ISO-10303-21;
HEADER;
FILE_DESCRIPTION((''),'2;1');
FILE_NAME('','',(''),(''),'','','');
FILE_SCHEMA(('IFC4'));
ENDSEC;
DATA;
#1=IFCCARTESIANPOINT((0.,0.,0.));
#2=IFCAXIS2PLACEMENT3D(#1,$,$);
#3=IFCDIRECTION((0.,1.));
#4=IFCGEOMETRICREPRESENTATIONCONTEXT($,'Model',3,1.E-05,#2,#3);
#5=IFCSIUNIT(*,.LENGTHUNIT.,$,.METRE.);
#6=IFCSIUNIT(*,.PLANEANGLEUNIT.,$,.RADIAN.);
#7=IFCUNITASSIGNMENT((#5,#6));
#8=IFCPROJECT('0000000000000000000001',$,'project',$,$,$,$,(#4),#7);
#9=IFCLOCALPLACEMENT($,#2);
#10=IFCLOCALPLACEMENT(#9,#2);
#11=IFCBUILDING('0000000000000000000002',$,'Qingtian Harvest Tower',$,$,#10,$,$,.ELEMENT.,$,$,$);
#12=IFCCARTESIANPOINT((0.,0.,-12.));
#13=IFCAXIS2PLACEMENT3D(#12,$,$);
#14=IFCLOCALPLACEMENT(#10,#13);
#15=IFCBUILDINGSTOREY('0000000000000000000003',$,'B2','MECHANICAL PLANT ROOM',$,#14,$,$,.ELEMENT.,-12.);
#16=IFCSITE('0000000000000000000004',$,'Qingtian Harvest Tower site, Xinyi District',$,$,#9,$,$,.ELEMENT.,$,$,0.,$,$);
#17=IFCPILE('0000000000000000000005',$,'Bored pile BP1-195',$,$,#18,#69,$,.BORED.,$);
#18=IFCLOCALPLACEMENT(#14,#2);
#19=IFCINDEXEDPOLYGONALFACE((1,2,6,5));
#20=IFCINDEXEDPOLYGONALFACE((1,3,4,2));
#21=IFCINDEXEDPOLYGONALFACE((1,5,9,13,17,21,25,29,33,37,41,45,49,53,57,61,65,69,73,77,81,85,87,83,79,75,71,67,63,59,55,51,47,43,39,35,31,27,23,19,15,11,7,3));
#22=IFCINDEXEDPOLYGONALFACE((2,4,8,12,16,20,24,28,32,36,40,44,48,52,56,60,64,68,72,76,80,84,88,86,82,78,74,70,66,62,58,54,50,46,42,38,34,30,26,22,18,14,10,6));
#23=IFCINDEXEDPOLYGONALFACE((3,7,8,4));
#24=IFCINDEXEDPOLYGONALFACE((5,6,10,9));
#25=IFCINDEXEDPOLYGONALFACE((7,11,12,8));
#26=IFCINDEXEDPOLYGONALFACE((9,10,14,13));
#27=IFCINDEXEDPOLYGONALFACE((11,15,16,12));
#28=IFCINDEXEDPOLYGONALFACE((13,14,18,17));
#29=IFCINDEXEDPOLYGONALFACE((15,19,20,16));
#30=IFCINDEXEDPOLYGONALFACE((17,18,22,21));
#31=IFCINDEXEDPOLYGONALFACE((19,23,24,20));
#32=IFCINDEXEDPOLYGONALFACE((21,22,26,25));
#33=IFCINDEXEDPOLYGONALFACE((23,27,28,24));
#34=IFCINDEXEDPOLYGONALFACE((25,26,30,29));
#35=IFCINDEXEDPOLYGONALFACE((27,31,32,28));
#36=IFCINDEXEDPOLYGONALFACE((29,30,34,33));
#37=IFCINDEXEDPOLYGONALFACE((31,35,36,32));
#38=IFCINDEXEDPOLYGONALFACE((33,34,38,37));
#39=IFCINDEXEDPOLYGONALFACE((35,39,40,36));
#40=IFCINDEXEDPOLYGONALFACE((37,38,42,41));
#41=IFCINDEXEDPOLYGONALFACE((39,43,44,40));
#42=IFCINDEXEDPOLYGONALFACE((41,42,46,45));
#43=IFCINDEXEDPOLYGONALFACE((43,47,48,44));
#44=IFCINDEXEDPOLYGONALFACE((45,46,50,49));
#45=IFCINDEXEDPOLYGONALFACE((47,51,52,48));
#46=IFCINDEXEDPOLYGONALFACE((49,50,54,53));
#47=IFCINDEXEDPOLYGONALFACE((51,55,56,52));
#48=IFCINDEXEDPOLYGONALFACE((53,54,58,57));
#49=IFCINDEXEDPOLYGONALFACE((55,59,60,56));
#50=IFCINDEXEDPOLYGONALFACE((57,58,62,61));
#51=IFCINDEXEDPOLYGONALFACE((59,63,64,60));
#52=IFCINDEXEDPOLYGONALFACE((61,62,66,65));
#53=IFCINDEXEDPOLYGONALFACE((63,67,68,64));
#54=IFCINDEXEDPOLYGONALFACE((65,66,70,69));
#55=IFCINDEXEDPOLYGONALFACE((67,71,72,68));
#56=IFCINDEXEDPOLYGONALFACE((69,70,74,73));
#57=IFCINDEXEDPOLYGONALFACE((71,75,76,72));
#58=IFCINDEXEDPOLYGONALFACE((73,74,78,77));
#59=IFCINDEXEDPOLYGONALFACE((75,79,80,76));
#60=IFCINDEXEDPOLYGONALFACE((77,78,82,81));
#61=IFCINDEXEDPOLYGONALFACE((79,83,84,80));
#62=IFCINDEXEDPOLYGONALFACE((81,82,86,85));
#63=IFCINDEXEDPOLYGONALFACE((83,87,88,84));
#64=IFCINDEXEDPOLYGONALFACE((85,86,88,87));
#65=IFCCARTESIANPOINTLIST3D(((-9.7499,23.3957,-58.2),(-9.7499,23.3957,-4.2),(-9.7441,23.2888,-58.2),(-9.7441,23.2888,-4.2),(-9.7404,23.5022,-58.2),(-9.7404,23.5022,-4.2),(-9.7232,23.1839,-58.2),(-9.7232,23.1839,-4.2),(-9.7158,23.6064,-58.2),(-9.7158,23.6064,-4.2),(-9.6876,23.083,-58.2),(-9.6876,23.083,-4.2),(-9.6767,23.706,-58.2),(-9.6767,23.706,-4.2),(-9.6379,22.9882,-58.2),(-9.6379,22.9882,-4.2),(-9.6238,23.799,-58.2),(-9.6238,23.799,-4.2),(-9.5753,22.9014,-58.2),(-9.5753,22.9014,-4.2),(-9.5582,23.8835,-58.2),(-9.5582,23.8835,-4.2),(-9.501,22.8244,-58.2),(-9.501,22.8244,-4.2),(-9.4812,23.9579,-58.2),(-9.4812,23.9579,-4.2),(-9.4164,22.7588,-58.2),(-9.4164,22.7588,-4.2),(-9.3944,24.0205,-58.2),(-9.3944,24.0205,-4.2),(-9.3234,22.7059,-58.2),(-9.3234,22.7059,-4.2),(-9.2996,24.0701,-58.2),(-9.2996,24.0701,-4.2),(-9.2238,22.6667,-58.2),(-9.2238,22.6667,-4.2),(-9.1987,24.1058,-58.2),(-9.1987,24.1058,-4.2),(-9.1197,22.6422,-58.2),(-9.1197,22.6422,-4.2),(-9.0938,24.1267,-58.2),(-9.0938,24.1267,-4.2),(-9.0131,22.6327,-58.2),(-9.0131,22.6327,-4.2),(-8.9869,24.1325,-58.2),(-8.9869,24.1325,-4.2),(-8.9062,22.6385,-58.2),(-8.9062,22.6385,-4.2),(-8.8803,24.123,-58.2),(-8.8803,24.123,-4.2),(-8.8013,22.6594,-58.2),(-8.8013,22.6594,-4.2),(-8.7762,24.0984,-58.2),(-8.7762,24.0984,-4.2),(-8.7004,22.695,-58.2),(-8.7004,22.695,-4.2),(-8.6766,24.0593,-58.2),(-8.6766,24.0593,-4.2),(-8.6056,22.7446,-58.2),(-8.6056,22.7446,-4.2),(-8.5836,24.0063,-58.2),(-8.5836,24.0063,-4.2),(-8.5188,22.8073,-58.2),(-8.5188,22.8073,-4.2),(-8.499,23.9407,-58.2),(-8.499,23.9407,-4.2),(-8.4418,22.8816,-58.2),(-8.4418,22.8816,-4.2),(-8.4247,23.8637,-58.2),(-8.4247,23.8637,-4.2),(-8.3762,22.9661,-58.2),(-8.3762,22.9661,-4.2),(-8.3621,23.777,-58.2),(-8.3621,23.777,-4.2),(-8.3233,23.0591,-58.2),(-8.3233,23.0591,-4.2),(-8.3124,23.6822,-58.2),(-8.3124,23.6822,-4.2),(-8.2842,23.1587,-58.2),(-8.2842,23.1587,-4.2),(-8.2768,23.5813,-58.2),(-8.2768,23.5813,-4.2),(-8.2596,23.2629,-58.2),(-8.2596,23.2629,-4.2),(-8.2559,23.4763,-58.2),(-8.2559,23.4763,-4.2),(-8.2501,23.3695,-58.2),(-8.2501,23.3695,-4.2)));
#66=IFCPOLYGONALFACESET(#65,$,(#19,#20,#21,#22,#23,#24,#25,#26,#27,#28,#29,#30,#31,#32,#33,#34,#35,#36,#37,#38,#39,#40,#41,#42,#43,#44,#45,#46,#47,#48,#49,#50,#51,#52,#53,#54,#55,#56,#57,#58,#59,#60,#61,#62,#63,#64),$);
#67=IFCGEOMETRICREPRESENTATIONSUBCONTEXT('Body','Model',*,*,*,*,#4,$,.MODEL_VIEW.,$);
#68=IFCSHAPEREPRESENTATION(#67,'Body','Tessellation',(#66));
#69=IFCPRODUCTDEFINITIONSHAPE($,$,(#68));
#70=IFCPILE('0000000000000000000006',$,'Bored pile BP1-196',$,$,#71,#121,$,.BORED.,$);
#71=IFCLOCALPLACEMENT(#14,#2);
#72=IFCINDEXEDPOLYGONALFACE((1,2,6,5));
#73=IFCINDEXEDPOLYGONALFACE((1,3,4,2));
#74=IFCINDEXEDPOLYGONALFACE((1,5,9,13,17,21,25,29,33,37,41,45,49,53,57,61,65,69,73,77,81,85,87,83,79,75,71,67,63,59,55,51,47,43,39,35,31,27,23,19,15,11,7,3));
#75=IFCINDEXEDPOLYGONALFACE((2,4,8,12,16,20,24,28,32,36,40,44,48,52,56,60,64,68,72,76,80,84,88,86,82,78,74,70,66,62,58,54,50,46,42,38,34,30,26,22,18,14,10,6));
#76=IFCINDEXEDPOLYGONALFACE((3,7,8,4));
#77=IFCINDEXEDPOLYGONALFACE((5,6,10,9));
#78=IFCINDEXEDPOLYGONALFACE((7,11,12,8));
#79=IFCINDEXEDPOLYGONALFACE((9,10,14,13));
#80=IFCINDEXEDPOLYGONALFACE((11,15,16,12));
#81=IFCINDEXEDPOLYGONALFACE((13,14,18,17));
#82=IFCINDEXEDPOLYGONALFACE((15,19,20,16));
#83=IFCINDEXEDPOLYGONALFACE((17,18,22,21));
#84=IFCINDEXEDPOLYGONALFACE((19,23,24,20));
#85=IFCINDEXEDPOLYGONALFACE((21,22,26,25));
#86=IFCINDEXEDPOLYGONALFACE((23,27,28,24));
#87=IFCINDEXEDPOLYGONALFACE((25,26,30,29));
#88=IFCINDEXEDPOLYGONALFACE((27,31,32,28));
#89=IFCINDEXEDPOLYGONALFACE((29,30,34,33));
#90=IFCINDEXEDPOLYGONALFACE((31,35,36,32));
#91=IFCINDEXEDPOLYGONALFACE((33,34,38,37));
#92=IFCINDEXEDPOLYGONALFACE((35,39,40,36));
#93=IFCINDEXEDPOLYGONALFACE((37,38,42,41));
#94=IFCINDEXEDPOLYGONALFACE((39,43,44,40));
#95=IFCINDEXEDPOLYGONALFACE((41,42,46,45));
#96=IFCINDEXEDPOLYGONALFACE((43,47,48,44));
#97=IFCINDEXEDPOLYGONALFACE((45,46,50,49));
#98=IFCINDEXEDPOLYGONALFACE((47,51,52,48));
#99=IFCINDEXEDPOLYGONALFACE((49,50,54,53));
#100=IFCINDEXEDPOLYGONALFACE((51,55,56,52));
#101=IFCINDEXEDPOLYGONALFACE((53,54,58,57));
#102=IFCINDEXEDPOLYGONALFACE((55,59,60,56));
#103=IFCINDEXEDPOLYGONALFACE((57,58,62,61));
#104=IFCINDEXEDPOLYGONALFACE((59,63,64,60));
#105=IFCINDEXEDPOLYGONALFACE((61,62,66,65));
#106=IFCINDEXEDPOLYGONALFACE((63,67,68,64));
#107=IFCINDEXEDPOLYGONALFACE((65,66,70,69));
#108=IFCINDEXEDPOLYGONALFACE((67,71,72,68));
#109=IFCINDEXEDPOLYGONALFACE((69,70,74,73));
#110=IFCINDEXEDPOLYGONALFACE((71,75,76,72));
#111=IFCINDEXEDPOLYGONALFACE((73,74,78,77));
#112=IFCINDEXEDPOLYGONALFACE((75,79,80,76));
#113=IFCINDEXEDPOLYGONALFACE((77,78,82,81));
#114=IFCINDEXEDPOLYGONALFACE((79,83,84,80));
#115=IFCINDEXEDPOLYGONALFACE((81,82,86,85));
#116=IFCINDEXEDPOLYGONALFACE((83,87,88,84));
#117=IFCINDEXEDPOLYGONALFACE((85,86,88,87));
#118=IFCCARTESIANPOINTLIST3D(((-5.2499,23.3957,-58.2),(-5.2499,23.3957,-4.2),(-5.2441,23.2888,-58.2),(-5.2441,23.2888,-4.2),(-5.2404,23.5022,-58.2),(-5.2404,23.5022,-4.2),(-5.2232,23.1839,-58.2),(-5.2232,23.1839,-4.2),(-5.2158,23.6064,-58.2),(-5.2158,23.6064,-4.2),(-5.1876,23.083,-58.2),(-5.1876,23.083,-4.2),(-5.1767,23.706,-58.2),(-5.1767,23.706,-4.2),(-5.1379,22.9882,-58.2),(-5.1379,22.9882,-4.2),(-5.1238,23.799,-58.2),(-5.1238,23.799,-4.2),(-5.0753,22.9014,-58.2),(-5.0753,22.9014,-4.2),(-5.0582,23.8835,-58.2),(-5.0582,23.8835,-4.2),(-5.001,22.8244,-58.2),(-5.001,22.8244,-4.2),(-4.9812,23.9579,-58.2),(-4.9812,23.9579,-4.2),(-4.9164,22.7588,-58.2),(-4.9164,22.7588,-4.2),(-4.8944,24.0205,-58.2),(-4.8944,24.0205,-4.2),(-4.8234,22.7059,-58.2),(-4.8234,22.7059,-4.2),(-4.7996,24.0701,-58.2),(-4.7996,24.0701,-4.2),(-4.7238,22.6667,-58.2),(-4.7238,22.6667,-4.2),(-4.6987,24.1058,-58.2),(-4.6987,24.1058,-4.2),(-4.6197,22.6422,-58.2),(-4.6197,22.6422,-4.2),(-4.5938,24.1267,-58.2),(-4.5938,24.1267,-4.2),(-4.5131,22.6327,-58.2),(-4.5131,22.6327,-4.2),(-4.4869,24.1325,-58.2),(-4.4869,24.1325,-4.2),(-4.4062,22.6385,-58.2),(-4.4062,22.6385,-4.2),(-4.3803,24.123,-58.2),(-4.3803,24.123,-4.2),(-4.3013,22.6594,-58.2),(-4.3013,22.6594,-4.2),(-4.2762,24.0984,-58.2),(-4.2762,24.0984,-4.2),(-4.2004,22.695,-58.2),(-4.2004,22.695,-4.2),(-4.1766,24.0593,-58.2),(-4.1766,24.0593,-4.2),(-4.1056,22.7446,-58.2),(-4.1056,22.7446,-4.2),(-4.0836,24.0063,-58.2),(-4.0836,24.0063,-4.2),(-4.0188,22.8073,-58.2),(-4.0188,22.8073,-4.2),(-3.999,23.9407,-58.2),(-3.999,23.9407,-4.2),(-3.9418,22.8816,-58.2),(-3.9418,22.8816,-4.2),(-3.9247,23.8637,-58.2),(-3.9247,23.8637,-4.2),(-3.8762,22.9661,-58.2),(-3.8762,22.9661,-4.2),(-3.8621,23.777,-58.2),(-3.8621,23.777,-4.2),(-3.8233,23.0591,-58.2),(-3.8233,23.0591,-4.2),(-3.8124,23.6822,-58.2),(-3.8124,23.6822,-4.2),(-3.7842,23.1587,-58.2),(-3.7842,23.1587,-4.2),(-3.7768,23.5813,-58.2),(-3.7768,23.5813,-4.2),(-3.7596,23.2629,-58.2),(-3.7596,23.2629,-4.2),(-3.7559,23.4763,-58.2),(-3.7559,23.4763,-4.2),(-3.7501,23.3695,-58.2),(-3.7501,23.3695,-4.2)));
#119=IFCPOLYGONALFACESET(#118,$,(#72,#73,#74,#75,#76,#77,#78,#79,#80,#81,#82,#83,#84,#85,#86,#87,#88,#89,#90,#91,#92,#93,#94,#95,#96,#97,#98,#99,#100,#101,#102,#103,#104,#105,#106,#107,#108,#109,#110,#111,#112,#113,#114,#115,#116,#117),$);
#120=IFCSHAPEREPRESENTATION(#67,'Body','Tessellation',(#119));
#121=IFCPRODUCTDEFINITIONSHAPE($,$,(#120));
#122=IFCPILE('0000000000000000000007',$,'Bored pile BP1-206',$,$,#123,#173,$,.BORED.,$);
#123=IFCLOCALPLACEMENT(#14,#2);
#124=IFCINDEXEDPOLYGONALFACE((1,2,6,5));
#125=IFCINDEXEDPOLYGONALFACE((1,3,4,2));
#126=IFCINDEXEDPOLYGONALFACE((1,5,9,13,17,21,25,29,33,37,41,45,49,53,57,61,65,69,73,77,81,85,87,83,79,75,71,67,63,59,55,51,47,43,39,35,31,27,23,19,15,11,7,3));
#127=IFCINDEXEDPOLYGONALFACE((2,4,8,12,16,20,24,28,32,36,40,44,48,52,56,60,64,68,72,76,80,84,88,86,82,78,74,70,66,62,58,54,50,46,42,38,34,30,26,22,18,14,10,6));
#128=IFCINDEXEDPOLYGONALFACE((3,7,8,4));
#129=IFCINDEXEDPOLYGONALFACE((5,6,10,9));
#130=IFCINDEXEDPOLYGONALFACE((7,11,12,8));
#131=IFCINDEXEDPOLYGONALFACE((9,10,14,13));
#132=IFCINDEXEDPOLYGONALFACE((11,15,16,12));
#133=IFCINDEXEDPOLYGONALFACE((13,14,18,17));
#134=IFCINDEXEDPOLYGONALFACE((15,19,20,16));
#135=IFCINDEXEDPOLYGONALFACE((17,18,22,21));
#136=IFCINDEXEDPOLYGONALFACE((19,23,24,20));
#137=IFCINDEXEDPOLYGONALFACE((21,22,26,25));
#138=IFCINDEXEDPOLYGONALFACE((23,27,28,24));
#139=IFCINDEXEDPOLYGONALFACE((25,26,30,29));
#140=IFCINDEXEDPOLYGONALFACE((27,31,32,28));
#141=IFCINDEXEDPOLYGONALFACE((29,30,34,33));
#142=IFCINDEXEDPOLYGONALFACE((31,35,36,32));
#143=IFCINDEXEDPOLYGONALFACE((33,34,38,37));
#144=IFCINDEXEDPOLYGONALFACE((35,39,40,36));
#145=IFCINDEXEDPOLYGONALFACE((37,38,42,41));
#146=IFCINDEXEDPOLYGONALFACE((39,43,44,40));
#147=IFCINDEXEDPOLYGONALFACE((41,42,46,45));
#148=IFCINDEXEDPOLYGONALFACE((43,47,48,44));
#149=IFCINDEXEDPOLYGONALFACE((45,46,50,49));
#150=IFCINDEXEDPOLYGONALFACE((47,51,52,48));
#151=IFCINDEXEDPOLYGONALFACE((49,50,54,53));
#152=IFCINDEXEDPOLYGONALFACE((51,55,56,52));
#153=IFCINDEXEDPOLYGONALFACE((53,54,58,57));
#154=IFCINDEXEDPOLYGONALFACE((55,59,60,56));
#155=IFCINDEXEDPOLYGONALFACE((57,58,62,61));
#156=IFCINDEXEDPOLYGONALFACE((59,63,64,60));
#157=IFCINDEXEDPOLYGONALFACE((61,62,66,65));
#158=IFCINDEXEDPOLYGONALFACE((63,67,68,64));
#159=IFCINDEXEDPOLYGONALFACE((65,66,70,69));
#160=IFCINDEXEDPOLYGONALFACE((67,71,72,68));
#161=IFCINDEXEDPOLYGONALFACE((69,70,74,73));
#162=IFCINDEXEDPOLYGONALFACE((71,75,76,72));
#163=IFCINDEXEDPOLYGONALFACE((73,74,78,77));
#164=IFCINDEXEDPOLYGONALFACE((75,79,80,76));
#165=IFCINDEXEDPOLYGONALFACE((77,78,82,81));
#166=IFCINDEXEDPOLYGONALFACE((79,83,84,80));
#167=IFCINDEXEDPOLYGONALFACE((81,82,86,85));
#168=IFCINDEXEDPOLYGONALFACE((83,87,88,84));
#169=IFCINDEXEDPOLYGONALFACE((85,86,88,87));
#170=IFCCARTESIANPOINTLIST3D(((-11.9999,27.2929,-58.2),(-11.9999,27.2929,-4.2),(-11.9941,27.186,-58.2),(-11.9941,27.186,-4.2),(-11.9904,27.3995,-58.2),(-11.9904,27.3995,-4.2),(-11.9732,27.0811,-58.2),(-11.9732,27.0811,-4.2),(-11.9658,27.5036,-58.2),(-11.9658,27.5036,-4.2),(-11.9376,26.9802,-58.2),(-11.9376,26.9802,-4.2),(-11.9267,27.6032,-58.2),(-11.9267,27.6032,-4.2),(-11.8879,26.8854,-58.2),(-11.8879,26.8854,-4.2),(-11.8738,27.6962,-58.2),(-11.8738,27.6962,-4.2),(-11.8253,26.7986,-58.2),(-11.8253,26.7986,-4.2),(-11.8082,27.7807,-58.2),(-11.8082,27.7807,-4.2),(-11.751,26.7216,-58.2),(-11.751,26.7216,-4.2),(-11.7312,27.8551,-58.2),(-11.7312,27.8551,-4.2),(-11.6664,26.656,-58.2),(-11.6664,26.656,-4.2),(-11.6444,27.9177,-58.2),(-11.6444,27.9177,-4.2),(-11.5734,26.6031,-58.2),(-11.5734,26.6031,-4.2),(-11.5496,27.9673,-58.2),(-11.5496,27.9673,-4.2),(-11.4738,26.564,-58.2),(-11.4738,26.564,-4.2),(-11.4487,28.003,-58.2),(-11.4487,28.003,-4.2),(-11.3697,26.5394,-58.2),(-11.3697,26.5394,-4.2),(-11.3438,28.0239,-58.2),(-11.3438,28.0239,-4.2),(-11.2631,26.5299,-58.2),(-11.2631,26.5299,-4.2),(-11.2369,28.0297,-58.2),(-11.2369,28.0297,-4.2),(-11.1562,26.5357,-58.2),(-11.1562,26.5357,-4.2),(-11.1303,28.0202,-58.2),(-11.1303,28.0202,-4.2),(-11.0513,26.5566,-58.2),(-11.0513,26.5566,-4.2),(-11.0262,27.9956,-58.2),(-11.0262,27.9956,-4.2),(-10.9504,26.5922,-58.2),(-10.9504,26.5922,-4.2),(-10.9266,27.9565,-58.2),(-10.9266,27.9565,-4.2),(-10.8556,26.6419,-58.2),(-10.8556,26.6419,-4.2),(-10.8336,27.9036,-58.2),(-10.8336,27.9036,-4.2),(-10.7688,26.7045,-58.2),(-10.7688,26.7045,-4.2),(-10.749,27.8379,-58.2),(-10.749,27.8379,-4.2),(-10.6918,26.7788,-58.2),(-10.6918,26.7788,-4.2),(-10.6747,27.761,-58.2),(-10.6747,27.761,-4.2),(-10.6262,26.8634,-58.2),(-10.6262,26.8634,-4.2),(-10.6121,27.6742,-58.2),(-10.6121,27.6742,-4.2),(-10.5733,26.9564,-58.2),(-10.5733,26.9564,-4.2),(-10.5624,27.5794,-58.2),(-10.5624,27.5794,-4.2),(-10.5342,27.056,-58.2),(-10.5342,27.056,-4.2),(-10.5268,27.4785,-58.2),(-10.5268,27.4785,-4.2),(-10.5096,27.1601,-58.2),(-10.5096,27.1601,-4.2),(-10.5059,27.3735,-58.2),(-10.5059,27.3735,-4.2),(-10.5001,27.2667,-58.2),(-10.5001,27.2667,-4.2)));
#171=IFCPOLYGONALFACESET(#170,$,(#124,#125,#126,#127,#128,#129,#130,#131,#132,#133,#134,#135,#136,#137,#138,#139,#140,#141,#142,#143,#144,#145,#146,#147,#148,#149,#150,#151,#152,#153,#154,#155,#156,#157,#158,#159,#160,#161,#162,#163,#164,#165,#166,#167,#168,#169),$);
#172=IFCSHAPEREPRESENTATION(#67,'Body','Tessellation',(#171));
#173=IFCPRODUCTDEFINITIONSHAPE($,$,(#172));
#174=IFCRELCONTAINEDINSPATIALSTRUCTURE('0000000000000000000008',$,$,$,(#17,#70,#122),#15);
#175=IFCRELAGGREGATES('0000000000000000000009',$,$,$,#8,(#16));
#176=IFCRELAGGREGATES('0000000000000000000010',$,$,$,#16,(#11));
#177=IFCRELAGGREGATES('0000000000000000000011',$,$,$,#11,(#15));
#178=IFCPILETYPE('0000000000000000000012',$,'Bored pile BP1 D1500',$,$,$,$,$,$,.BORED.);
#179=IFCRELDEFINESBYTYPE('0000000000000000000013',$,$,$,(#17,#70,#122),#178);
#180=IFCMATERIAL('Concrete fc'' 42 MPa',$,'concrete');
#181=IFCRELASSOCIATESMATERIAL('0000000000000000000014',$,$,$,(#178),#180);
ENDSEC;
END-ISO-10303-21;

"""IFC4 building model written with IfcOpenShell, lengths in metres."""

from ifc_helpers import new_model, si_unit, direction, frame, frame_2d, origin, place, context, subcontext, project, spatial, circle, extrude, material, material_profile, profile_set, type_object, element, save


model = new_model("IFC4")

# Units and contexts
model_context = context("Model", 3, precision=1e-05, world=origin(), true_north=direction((0.0, 1.0)))
body_context = subcontext(model_context, "Body", "Model", "MODEL_VIEW")
ifc_project = project(units=[si_unit("LENGTHUNIT", "METRE"), si_unit("PLANEANGLEUNIT", "RADIAN")], contexts=[model_context])

# Site, building, storey
site_placement = place(None, origin())
site = spatial("IfcSite", under=ifc_project, at=site_placement, Name="Qingtian Harvest Tower site, Xinyi District", CompositionType="ELEMENT", RefElevation=0.0)
building_placement = place(site_placement, origin())
building = spatial("IfcBuilding", under=site, at=building_placement, Name="Qingtian Harvest Tower", CompositionType="ELEMENT")
storey_placement = place(building_placement, frame((0.0, 0.0, -12.0)))
storey = spatial("IfcBuildingStorey", under=building, at=storey_placement, Name="B2", Description="MECHANICAL PLANT ROOM", CompositionType="ELEMENT", Elevation=-12.0)

# Piles
ifc_material_1 = material(Name="Concrete fc' 42 MPa", Category="concrete")
ifc_material_profile_1 = material_profile(ifc_material_1, circle(Radius=0.75, at=frame_2d((0.0, 0.0), x_axis=(0.999848, 0.017452))), Name="Bored pile BP1 D1500")
ifc_profile_set_1 = profile_set([ifc_material_profile_1], Name="Concrete fc' 42 MPa")
pile_type = type_object("IfcPileType", Name="Bored pile BP1 D1500", PredefinedType="BORED", material=ifc_profile_set_1)
for number, where, z_axis, x_axis, name in (
    (1, (-9.0, 23.3826, -4.2), (0.0, 0.0, -1.0), (1.0, 0.0, 0.0), "Bored pile BP1-195"),
    (2, (-4.5, 23.3826, -4.2), (0.0, 0.0, -1.0), (1.0, 0.0, 0.0), "Bored pile BP1-196"),
    (3, (-11.25, 27.2798, -4.2), (0.0, 0.0, -1.0), (1.0, 0.0, 0.0), "Bored pile BP1-206"),
):
    element("IfcPile", number, at=place(storey_placement, frame(where, z_axis=z_axis, x_axis=x_axis)), inside=storey, type_object=pile_type, Name=name, PredefinedType="BORED", context=body_context, shape_type="SweptSolid", body=[
        extrude(circle(Radius=0.75, at=frame_2d((0.0, 0.0), x_axis=(0.999848, 0.017452))), origin(), (0.0, 0.0, 1.0), 54.0),
    ])

save(model, "model.ifc")
